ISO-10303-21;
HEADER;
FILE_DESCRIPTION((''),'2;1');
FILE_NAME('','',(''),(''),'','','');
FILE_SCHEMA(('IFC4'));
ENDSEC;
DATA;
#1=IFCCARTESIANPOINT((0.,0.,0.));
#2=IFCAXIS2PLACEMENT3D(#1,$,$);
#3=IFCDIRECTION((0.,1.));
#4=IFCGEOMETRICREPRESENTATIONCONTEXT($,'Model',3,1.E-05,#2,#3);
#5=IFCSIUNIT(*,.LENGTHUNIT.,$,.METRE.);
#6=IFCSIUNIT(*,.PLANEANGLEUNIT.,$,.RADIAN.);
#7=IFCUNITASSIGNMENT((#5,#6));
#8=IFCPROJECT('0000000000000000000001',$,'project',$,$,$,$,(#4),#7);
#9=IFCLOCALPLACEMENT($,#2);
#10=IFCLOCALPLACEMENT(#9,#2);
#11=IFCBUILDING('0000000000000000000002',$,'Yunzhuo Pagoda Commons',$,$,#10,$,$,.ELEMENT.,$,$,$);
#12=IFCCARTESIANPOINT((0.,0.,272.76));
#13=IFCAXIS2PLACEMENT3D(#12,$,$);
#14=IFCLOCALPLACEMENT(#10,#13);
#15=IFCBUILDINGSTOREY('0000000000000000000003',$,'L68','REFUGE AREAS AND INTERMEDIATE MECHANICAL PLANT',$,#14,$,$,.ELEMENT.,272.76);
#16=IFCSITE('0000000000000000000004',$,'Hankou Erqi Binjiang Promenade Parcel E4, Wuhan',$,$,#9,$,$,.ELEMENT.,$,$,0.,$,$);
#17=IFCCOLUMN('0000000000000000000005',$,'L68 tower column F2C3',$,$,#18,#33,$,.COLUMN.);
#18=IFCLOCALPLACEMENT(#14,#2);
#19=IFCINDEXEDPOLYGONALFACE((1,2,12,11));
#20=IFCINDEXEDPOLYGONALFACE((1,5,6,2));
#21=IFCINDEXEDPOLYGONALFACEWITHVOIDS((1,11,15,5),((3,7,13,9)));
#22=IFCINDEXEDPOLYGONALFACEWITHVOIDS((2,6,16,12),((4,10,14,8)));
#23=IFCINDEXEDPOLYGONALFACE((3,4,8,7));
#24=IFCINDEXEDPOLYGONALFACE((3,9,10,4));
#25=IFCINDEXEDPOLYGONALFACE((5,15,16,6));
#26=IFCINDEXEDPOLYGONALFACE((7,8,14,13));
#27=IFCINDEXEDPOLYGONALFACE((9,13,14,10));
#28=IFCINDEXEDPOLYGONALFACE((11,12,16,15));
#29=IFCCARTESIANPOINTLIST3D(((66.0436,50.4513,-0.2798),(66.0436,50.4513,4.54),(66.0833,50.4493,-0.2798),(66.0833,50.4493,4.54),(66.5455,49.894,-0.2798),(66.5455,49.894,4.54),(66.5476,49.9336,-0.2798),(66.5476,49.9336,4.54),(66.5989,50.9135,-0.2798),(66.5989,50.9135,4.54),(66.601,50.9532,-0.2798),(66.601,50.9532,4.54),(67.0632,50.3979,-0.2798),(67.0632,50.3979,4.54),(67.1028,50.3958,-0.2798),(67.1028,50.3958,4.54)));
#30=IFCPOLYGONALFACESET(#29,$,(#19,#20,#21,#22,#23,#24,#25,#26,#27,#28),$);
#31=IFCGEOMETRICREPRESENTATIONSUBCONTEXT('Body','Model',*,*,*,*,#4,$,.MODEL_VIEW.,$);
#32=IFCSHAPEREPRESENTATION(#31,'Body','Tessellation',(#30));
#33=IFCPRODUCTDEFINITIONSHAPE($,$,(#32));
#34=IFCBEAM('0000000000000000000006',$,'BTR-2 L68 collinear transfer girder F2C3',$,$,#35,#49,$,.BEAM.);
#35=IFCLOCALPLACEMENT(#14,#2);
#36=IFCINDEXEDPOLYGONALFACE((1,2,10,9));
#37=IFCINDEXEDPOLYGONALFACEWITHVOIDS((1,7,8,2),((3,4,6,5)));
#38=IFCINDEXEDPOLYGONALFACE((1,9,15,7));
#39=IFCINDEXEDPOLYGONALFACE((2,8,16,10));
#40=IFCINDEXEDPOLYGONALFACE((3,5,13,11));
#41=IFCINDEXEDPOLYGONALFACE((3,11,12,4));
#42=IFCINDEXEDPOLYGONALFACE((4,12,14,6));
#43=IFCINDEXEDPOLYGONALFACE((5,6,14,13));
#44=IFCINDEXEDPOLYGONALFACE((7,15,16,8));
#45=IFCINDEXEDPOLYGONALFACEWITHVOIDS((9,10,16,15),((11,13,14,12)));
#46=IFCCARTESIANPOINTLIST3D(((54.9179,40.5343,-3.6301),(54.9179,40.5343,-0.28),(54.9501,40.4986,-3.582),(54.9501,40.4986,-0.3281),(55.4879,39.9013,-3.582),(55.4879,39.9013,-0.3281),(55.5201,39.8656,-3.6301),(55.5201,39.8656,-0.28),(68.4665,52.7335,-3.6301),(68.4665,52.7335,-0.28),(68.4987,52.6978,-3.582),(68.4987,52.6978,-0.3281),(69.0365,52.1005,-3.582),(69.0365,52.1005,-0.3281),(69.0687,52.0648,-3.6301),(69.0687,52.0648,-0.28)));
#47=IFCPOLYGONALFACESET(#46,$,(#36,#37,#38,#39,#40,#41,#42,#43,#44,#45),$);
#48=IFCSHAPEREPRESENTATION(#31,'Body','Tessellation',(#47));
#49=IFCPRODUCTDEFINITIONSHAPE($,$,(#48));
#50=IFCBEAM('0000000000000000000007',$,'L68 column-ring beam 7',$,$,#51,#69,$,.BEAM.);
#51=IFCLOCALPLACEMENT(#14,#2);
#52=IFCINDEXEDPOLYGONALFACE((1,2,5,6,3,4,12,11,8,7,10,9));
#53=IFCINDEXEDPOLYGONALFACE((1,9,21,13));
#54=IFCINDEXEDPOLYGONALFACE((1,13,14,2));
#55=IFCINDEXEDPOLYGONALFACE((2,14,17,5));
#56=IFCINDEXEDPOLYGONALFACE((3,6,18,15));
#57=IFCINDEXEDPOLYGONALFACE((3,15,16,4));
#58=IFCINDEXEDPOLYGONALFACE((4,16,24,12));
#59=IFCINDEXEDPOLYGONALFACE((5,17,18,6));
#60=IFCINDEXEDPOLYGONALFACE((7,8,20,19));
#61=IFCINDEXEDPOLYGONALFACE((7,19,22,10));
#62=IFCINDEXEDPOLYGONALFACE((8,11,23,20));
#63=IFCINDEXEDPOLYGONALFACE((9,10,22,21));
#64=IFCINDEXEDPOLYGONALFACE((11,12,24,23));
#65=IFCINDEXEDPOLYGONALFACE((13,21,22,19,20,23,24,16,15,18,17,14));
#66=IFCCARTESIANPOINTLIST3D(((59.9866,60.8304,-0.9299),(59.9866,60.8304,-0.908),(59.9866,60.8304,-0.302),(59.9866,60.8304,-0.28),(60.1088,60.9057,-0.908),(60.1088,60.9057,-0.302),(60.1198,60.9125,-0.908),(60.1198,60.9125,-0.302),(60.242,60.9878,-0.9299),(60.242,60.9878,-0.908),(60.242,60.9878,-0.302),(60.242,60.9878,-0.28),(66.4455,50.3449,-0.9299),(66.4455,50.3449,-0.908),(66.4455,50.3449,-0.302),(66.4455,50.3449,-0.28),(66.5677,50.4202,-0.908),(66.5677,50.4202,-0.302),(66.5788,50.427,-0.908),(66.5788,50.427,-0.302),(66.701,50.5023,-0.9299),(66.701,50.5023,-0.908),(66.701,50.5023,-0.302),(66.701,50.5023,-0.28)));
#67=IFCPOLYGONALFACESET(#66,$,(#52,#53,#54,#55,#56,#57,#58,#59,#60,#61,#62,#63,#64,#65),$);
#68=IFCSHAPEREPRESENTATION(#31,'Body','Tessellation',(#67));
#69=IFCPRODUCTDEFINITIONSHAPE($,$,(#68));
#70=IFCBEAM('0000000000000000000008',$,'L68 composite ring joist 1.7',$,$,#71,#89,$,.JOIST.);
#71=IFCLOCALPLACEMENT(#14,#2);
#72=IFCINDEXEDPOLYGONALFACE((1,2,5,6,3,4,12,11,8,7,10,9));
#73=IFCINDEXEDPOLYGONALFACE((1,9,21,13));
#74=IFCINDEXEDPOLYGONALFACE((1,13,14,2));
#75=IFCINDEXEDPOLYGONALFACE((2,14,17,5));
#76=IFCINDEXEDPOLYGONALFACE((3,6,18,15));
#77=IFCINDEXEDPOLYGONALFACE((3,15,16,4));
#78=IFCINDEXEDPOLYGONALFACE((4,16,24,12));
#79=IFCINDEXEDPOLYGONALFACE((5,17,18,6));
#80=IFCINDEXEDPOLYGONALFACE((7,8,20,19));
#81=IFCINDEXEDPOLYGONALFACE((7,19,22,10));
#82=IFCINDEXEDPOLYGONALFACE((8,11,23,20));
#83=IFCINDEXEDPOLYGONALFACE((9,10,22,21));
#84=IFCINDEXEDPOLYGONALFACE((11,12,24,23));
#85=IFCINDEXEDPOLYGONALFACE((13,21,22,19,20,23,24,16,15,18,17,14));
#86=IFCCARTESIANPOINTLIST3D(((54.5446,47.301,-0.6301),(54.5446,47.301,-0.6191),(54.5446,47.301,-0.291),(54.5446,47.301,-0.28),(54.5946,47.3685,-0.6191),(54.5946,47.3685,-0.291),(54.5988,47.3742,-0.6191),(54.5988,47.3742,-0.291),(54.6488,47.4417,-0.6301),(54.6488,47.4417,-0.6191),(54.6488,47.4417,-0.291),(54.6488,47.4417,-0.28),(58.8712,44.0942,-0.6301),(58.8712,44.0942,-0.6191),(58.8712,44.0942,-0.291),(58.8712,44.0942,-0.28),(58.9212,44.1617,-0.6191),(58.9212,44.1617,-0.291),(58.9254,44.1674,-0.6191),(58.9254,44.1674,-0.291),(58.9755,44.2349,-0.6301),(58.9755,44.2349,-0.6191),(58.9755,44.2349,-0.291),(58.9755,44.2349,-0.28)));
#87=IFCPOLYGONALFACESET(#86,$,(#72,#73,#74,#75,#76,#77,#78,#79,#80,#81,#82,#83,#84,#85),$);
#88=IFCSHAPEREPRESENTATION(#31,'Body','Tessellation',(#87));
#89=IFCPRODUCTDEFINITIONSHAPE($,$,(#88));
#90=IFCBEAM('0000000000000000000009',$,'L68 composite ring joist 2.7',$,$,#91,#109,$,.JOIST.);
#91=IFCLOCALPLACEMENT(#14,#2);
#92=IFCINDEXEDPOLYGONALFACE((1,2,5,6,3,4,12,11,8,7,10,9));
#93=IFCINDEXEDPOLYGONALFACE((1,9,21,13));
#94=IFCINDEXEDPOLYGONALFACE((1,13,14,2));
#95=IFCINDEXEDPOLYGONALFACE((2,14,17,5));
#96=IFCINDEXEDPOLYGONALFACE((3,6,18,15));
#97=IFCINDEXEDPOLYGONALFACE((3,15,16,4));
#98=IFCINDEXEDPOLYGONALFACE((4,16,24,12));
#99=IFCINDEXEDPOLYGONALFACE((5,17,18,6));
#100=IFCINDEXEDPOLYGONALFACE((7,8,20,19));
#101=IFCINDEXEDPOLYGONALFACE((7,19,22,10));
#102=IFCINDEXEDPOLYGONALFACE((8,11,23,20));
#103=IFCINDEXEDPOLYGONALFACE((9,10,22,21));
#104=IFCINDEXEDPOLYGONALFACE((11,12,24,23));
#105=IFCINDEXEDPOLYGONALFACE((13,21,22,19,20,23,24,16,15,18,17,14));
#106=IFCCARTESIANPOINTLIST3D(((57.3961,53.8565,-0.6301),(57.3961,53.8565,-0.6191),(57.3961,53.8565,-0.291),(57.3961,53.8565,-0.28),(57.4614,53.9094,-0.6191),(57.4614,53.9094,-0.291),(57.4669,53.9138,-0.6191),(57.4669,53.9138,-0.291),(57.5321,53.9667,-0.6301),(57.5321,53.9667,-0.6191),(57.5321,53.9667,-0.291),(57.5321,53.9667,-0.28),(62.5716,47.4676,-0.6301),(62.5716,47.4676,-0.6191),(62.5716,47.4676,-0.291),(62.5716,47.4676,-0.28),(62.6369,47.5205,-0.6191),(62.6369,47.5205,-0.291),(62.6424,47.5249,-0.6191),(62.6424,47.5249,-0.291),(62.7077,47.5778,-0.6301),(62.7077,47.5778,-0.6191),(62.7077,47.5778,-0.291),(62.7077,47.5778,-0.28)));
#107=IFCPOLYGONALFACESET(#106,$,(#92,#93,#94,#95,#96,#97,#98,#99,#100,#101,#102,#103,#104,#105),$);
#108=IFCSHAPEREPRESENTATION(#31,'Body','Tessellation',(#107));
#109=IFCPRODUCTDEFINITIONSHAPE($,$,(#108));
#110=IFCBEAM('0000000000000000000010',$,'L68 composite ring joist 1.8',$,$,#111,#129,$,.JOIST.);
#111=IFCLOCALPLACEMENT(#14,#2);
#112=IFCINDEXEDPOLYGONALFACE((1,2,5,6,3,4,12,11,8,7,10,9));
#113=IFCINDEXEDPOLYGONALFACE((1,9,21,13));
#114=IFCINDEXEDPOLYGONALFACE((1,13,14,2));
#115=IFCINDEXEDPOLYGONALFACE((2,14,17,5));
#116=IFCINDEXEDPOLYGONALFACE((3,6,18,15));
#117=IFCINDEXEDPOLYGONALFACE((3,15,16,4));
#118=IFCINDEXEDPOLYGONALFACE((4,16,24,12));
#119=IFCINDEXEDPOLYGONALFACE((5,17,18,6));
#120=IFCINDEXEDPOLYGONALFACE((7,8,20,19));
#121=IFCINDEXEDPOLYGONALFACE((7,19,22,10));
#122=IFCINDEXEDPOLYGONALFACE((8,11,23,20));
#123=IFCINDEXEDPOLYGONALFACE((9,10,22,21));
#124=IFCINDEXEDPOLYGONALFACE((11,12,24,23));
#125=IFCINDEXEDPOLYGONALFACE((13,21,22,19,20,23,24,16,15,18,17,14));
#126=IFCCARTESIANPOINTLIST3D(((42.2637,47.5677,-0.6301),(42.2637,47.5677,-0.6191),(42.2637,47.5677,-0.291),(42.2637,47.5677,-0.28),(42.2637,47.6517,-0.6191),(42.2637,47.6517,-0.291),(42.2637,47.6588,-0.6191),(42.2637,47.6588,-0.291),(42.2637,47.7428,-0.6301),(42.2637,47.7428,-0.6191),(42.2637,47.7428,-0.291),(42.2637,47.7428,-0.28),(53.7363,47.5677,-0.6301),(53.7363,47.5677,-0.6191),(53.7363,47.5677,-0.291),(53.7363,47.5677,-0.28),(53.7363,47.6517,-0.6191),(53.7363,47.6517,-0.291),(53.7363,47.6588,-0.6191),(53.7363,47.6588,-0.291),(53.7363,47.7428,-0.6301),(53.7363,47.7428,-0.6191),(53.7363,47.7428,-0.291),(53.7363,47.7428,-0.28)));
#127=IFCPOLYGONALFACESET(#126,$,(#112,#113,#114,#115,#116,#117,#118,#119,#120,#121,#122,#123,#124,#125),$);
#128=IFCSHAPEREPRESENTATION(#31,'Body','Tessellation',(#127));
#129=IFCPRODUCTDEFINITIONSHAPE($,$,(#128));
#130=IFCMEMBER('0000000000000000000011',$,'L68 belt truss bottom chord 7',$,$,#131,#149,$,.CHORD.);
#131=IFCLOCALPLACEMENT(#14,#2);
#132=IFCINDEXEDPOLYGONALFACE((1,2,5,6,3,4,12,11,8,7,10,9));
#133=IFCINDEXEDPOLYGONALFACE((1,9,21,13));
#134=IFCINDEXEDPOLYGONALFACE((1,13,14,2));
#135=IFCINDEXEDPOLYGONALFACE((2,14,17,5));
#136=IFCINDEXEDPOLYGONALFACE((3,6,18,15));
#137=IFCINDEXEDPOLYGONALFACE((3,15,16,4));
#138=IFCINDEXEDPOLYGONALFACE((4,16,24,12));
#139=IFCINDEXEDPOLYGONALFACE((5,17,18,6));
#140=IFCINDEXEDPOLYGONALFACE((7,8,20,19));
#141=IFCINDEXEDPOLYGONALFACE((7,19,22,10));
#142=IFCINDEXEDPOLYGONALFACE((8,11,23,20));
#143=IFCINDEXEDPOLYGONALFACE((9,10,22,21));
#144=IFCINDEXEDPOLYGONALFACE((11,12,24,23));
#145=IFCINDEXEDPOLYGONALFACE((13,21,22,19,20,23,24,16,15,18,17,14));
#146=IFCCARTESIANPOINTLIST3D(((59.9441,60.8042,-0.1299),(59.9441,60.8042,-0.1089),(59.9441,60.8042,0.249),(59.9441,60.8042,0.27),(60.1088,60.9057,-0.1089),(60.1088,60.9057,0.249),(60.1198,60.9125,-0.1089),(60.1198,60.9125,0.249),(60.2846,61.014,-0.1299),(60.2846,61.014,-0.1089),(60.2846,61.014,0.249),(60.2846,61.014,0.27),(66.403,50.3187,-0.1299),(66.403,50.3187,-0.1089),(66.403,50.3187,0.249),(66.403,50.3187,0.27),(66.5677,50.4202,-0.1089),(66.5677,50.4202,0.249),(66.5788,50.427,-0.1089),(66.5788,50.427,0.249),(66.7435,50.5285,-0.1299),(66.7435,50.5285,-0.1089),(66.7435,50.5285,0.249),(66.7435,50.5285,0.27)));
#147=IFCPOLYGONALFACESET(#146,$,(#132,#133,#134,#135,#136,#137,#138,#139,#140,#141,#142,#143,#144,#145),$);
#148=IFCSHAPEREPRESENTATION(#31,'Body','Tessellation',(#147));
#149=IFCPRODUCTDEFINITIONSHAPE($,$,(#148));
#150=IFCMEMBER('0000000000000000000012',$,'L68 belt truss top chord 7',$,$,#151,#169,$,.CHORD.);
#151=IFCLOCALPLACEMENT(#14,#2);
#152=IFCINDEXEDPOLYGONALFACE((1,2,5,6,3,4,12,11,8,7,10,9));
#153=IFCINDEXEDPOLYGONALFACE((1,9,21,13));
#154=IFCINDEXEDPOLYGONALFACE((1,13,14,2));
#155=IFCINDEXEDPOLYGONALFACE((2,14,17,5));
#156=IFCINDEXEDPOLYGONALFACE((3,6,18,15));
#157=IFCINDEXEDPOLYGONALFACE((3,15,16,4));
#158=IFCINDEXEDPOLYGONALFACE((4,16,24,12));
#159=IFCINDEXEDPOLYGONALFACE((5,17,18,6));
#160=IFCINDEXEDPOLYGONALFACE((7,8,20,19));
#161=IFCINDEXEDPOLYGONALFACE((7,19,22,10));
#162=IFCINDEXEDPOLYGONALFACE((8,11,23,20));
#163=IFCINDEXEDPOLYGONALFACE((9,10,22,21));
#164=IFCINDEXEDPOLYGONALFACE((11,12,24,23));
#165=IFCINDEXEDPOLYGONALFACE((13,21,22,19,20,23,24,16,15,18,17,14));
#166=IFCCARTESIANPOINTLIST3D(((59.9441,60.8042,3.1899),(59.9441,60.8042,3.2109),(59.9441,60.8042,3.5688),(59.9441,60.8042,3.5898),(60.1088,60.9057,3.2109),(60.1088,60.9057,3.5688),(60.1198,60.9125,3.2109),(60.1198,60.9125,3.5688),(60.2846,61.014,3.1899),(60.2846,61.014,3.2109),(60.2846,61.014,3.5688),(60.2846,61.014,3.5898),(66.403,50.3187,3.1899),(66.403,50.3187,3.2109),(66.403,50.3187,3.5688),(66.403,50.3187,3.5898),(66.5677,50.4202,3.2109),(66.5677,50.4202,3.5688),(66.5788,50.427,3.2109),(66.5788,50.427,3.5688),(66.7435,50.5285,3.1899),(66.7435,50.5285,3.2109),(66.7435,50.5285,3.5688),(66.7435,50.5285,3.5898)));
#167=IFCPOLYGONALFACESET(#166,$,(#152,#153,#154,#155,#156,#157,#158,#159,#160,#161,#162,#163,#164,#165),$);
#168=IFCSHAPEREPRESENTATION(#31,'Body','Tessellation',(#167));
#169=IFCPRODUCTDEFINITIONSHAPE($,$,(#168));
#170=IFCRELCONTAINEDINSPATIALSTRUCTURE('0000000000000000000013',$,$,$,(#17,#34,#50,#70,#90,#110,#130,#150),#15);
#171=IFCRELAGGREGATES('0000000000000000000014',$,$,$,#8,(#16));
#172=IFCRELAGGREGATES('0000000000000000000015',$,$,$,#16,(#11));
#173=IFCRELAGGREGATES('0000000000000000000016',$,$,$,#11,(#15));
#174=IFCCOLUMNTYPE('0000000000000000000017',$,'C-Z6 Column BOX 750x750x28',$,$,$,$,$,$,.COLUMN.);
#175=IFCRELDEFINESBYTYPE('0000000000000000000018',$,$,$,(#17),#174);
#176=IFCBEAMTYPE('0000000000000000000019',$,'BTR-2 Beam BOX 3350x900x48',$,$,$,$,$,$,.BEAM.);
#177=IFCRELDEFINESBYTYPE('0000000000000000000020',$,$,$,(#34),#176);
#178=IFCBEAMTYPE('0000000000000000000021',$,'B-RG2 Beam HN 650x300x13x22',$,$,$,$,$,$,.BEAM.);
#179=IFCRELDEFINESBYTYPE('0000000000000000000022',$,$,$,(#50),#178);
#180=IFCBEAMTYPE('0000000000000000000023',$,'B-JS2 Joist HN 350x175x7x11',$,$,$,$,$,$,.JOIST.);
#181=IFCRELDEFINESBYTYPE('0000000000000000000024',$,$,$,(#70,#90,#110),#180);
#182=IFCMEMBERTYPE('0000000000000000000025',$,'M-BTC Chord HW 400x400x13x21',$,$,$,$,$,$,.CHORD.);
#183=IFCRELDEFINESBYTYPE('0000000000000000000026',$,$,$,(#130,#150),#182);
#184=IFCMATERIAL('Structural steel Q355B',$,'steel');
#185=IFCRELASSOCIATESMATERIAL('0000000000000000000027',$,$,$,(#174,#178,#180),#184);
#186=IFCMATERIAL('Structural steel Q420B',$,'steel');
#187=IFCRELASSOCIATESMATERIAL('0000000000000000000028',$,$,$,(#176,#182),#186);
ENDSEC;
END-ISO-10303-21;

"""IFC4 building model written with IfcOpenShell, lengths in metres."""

from ifc_helpers import new_model, si_unit, direction, frame, origin, origin_2d, place, context, subcontext, project, spatial, hollow_rectangle, i_section, extrude, source, transform, mapped, material, material_profile, profile_set, type_object, element, save


model = new_model("IFC4")

# Units and contexts
model_context = context("Model", 3, precision=1e-05, world=origin(), true_north=direction((0.0, 1.0)))
body_context = subcontext(model_context, "Body", "Model", "MODEL_VIEW")
ifc_project = project(units=[si_unit("LENGTHUNIT", "METRE"), si_unit("PLANEANGLEUNIT", "RADIAN")], contexts=[model_context])

# Site, building, storey
site_placement = place(None, origin())
site = spatial("IfcSite", under=ifc_project, at=site_placement, Name="Hankou Erqi Binjiang Promenade Parcel E4, Wuhan", CompositionType="ELEMENT", RefElevation=0.0)
building_placement = place(site_placement, origin())
building = spatial("IfcBuilding", under=site, at=building_placement, Name="Yunzhuo Pagoda Commons", CompositionType="ELEMENT")
storey_placement = place(building_placement, frame((0.0, 0.0, 272.76)))
storey = spatial("IfcBuildingStorey", under=building, at=storey_placement, Name="L68", Description="REFUGE AREAS AND INTERMEDIATE MECHANICAL PLANT", CompositionType="ELEMENT", Elevation=272.76)

# Column
ifc_material_1 = material(Name="Structural steel Q355B", Category="steel")
ifc_material_profile_1 = material_profile(ifc_material_1, hollow_rectangle(XDim=0.75, YDim=0.75, WallThickness=0.0281, at=origin_2d()), Name="Structural steel Q355B")
ifc_profile_set_1 = profile_set([ifc_material_profile_1], Name="Structural steel Q355B")
column_type = type_object("IfcColumnType", Name="C-Z6 Column BOX 750x750x28", PredefinedType="COLUMN", material=ifc_profile_set_1)
shared_shape_1 = source(origin(), body_context, "Body", "SweptSolid", [
    extrude(hollow_rectangle(XDim=0.75, YDim=0.75, WallThickness=0.0281, at=origin_2d()), origin(), (0.0, 0.0, 1.0), 4.8198),
])
column_placement = place(storey_placement, frame((66.5732, 50.4236, -0.2798), z_axis=(0.0, 0.0, 1.0), x_axis=(-0.669131, 0.743145, 0.0)))
element("IfcColumn", 1, at=column_placement, inside=storey, type_object=column_type, Name="L68 tower column F2C3", PredefinedType="COLUMN", context=body_context, shape_type="MappedRepresentation", body=[
    mapped(shared_shape_1, transform((0.0, 0.0, 0.0), scale=1.0)),
])

# Beams
ifc_material_2 = material(Name="Structural steel Q420B", Category="steel")
ifc_material_profile_2 = material_profile(ifc_material_2, hollow_rectangle(XDim=0.8999, YDim=3.3501, WallThickness=0.0481, at=origin_2d()), Name="Structural steel Q420B")
ifc_profile_set_2 = profile_set([ifc_material_profile_2], Name="Structural steel Q420B")
beam_type_1 = type_object("IfcBeamType", Name="BTR-2 Beam BOX 3350x900x48", PredefinedType="BEAM", material=ifc_profile_set_2)
shared_shape_2 = source(origin(), body_context, "Body", "SweptSolid", [
    extrude(hollow_rectangle(XDim=0.8999, YDim=3.3501, WallThickness=0.0481, at=origin_2d()), origin(), (0.0, 0.0, 1.0), 18.2314),
])
beam_1_placement = place(storey_placement, frame((68.7676, 52.3992, -1.9551), z_axis=(-0.743144, -0.669131, 0.0), x_axis=(0.669131, -0.743144, 0.0)))
element("IfcBeam", 2, at=beam_1_placement, inside=storey, type_object=beam_type_1, Name="BTR-2 L68 collinear transfer girder F2C3", PredefinedType="BEAM", context=body_context, shape_type="MappedRepresentation", body=[
    mapped(shared_shape_2, transform((0.0, 0.0, 0.0), scale=1.0)),
])
ifc_material_profile_3 = material_profile(ifc_material_1, i_section(OverallWidth=0.3, OverallDepth=0.6499, WebThickness=0.0129, FlangeThickness=0.022, at=origin_2d()), Name="Structural steel Q355B")
ifc_profile_set_3 = profile_set([ifc_material_profile_3], Name="Structural steel Q355B")
beam_type_2 = type_object("IfcBeamType", Name="B-RG2 Beam HN 650x300x13x22", PredefinedType="BEAM", material=ifc_profile_set_3)
shared_shape_3 = source(origin(), body_context, "Body", "SweptSolid", [
    extrude(i_section(OverallWidth=0.3, OverallDepth=0.6499, WebThickness=0.0129, FlangeThickness=0.022, at=origin_2d()), origin(), (0.0, 0.0, 1.0), 12.3152),
])
beam_2_placement = place(storey_placement, frame((66.5732, 50.4236, -0.605), z_axis=(-0.524469, 0.85143, 0.0), x_axis=(-0.85143, -0.524469, 0.0)))
element("IfcBeam", 3, at=beam_2_placement, inside=storey, type_object=beam_type_2, Name="L68 column-ring beam 7", PredefinedType="BEAM", context=body_context, shape_type="MappedRepresentation", body=[
    mapped(shared_shape_3, transform((0.0, 0.0, 0.0), scale=1.0)),
])
ifc_material_profile_4 = material_profile(ifc_material_1, i_section(OverallWidth=0.175, OverallDepth=0.3501, WebThickness=0.0071, FlangeThickness=0.011, at=origin_2d()), Name="Structural steel Q355B")
ifc_profile_set_4 = profile_set([ifc_material_profile_4], Name="Structural steel Q355B")
beam_type_3 = type_object("IfcBeamType", Name="B-JS2 Joist HN 350x175x7x11", PredefinedType="JOIST", material=ifc_profile_set_4)
shared_shape_4 = source(origin(), body_context, "Body", "SweptSolid", [
    extrude(i_section(OverallWidth=0.175, OverallDepth=0.3501, WebThickness=0.0071, FlangeThickness=0.011, at=origin_2d()), origin(), (0.0, 0.0, 1.0), 5.3855),
])
beam_3_placement = place(storey_placement, frame((58.9233, 44.1646, -0.4551), z_axis=(-0.803393, 0.59545, 0.0), x_axis=(-0.59545, -0.803393, 0.0)))
element("IfcBeam", 4, at=beam_3_placement, inside=storey, type_object=beam_type_3, Name="L68 composite ring joist 1.7", PredefinedType="JOIST", context=body_context, shape_type="MappedRepresentation", body=[
    mapped(shared_shape_4, transform((0.0, 0.0, 0.0), scale=1.0)),
])
shared_shape_5 = source(origin(), body_context, "Body", "SweptSolid", [
    extrude(i_section(OverallWidth=0.175, OverallDepth=0.3501, WebThickness=0.0071, FlangeThickness=0.011, at=origin_2d()), origin(), (0.0, 0.0, 1.0), 8.2222),
])
beam_4_placement = place(storey_placement, frame((62.6396, 47.5227, -0.4551), z_axis=(-0.62946, 0.777033, 0.0), x_axis=(-0.777033, -0.62946, 0.0)))
element("IfcBeam", 5, at=beam_4_placement, inside=storey, type_object=beam_type_3, Name="L68 composite ring joist 2.7", PredefinedType="JOIST", context=body_context, shape_type="MappedRepresentation", body=[
    mapped(shared_shape_5, transform((0.0, 0.0, 0.0), scale=1.0)),
])
shared_shape_6 = source(origin(), body_context, "Body", "SweptSolid", [
    extrude(i_section(OverallWidth=0.175, OverallDepth=0.3501, WebThickness=0.0071, FlangeThickness=0.011, at=origin_2d()), origin(), (0.0, 0.0, 1.0), 11.4727),
])
beam_5_placement = place(storey_placement, frame((53.7363, 47.6553, -0.4551), z_axis=(-1.0, 0.0, 0.0), x_axis=(0.0, -1.0, 0.0)))
element("IfcBeam", 6, at=beam_5_placement, inside=storey, type_object=beam_type_3, Name="L68 composite ring joist 1.8", PredefinedType="JOIST", context=body_context, shape_type="MappedRepresentation", body=[
    mapped(shared_shape_6, transform((0.0, 0.0, 0.0), scale=1.0)),
])

# Members
ifc_material_profile_5 = material_profile(ifc_material_2, i_section(OverallWidth=0.3999, OverallDepth=0.3999, WebThickness=0.0129, FlangeThickness=0.021, at=origin_2d()), Name="Structural steel Q420B")
ifc_profile_set_5 = profile_set([ifc_material_profile_5], Name="Structural steel Q420B")
member_type_1 = type_object("IfcMemberType", Name="M-BTC Chord HW 400x400x13x21", PredefinedType="CHORD", material=ifc_profile_set_5)
shared_shape_7 = source(origin(), body_context, "Body", "SweptSolid", [
    extrude(i_section(OverallWidth=0.3999, OverallDepth=0.3999, WebThickness=0.0129, FlangeThickness=0.021, at=origin_2d()), origin(), (0.0, 0.0, 1.0), 12.3152),
])
for number, where, z_axis, x_axis, name in (
    (7, (66.5732, 50.4236, 0.0701), (-0.524469, 0.85143, 0.0), (-0.85143, -0.524469, 0.0), "L68 belt truss bottom chord 7"),
    (8, (66.5732, 50.4236, 3.3899), (-0.524469, 0.85143, 0.0), (-0.85143, -0.524469, 0.0), "L68 belt truss top chord 7"),
):
    element("IfcMember", number, at=place(storey_placement, frame(where, z_axis=z_axis, x_axis=x_axis)), inside=storey, type_object=member_type_1, Name=name, PredefinedType="CHORD", context=body_context, shape_type="MappedRepresentation", body=[
        mapped(shared_shape_7, transform((0.0, 0.0, 0.0), scale=1.0)),
    ])

save(model, "model.ifc")
